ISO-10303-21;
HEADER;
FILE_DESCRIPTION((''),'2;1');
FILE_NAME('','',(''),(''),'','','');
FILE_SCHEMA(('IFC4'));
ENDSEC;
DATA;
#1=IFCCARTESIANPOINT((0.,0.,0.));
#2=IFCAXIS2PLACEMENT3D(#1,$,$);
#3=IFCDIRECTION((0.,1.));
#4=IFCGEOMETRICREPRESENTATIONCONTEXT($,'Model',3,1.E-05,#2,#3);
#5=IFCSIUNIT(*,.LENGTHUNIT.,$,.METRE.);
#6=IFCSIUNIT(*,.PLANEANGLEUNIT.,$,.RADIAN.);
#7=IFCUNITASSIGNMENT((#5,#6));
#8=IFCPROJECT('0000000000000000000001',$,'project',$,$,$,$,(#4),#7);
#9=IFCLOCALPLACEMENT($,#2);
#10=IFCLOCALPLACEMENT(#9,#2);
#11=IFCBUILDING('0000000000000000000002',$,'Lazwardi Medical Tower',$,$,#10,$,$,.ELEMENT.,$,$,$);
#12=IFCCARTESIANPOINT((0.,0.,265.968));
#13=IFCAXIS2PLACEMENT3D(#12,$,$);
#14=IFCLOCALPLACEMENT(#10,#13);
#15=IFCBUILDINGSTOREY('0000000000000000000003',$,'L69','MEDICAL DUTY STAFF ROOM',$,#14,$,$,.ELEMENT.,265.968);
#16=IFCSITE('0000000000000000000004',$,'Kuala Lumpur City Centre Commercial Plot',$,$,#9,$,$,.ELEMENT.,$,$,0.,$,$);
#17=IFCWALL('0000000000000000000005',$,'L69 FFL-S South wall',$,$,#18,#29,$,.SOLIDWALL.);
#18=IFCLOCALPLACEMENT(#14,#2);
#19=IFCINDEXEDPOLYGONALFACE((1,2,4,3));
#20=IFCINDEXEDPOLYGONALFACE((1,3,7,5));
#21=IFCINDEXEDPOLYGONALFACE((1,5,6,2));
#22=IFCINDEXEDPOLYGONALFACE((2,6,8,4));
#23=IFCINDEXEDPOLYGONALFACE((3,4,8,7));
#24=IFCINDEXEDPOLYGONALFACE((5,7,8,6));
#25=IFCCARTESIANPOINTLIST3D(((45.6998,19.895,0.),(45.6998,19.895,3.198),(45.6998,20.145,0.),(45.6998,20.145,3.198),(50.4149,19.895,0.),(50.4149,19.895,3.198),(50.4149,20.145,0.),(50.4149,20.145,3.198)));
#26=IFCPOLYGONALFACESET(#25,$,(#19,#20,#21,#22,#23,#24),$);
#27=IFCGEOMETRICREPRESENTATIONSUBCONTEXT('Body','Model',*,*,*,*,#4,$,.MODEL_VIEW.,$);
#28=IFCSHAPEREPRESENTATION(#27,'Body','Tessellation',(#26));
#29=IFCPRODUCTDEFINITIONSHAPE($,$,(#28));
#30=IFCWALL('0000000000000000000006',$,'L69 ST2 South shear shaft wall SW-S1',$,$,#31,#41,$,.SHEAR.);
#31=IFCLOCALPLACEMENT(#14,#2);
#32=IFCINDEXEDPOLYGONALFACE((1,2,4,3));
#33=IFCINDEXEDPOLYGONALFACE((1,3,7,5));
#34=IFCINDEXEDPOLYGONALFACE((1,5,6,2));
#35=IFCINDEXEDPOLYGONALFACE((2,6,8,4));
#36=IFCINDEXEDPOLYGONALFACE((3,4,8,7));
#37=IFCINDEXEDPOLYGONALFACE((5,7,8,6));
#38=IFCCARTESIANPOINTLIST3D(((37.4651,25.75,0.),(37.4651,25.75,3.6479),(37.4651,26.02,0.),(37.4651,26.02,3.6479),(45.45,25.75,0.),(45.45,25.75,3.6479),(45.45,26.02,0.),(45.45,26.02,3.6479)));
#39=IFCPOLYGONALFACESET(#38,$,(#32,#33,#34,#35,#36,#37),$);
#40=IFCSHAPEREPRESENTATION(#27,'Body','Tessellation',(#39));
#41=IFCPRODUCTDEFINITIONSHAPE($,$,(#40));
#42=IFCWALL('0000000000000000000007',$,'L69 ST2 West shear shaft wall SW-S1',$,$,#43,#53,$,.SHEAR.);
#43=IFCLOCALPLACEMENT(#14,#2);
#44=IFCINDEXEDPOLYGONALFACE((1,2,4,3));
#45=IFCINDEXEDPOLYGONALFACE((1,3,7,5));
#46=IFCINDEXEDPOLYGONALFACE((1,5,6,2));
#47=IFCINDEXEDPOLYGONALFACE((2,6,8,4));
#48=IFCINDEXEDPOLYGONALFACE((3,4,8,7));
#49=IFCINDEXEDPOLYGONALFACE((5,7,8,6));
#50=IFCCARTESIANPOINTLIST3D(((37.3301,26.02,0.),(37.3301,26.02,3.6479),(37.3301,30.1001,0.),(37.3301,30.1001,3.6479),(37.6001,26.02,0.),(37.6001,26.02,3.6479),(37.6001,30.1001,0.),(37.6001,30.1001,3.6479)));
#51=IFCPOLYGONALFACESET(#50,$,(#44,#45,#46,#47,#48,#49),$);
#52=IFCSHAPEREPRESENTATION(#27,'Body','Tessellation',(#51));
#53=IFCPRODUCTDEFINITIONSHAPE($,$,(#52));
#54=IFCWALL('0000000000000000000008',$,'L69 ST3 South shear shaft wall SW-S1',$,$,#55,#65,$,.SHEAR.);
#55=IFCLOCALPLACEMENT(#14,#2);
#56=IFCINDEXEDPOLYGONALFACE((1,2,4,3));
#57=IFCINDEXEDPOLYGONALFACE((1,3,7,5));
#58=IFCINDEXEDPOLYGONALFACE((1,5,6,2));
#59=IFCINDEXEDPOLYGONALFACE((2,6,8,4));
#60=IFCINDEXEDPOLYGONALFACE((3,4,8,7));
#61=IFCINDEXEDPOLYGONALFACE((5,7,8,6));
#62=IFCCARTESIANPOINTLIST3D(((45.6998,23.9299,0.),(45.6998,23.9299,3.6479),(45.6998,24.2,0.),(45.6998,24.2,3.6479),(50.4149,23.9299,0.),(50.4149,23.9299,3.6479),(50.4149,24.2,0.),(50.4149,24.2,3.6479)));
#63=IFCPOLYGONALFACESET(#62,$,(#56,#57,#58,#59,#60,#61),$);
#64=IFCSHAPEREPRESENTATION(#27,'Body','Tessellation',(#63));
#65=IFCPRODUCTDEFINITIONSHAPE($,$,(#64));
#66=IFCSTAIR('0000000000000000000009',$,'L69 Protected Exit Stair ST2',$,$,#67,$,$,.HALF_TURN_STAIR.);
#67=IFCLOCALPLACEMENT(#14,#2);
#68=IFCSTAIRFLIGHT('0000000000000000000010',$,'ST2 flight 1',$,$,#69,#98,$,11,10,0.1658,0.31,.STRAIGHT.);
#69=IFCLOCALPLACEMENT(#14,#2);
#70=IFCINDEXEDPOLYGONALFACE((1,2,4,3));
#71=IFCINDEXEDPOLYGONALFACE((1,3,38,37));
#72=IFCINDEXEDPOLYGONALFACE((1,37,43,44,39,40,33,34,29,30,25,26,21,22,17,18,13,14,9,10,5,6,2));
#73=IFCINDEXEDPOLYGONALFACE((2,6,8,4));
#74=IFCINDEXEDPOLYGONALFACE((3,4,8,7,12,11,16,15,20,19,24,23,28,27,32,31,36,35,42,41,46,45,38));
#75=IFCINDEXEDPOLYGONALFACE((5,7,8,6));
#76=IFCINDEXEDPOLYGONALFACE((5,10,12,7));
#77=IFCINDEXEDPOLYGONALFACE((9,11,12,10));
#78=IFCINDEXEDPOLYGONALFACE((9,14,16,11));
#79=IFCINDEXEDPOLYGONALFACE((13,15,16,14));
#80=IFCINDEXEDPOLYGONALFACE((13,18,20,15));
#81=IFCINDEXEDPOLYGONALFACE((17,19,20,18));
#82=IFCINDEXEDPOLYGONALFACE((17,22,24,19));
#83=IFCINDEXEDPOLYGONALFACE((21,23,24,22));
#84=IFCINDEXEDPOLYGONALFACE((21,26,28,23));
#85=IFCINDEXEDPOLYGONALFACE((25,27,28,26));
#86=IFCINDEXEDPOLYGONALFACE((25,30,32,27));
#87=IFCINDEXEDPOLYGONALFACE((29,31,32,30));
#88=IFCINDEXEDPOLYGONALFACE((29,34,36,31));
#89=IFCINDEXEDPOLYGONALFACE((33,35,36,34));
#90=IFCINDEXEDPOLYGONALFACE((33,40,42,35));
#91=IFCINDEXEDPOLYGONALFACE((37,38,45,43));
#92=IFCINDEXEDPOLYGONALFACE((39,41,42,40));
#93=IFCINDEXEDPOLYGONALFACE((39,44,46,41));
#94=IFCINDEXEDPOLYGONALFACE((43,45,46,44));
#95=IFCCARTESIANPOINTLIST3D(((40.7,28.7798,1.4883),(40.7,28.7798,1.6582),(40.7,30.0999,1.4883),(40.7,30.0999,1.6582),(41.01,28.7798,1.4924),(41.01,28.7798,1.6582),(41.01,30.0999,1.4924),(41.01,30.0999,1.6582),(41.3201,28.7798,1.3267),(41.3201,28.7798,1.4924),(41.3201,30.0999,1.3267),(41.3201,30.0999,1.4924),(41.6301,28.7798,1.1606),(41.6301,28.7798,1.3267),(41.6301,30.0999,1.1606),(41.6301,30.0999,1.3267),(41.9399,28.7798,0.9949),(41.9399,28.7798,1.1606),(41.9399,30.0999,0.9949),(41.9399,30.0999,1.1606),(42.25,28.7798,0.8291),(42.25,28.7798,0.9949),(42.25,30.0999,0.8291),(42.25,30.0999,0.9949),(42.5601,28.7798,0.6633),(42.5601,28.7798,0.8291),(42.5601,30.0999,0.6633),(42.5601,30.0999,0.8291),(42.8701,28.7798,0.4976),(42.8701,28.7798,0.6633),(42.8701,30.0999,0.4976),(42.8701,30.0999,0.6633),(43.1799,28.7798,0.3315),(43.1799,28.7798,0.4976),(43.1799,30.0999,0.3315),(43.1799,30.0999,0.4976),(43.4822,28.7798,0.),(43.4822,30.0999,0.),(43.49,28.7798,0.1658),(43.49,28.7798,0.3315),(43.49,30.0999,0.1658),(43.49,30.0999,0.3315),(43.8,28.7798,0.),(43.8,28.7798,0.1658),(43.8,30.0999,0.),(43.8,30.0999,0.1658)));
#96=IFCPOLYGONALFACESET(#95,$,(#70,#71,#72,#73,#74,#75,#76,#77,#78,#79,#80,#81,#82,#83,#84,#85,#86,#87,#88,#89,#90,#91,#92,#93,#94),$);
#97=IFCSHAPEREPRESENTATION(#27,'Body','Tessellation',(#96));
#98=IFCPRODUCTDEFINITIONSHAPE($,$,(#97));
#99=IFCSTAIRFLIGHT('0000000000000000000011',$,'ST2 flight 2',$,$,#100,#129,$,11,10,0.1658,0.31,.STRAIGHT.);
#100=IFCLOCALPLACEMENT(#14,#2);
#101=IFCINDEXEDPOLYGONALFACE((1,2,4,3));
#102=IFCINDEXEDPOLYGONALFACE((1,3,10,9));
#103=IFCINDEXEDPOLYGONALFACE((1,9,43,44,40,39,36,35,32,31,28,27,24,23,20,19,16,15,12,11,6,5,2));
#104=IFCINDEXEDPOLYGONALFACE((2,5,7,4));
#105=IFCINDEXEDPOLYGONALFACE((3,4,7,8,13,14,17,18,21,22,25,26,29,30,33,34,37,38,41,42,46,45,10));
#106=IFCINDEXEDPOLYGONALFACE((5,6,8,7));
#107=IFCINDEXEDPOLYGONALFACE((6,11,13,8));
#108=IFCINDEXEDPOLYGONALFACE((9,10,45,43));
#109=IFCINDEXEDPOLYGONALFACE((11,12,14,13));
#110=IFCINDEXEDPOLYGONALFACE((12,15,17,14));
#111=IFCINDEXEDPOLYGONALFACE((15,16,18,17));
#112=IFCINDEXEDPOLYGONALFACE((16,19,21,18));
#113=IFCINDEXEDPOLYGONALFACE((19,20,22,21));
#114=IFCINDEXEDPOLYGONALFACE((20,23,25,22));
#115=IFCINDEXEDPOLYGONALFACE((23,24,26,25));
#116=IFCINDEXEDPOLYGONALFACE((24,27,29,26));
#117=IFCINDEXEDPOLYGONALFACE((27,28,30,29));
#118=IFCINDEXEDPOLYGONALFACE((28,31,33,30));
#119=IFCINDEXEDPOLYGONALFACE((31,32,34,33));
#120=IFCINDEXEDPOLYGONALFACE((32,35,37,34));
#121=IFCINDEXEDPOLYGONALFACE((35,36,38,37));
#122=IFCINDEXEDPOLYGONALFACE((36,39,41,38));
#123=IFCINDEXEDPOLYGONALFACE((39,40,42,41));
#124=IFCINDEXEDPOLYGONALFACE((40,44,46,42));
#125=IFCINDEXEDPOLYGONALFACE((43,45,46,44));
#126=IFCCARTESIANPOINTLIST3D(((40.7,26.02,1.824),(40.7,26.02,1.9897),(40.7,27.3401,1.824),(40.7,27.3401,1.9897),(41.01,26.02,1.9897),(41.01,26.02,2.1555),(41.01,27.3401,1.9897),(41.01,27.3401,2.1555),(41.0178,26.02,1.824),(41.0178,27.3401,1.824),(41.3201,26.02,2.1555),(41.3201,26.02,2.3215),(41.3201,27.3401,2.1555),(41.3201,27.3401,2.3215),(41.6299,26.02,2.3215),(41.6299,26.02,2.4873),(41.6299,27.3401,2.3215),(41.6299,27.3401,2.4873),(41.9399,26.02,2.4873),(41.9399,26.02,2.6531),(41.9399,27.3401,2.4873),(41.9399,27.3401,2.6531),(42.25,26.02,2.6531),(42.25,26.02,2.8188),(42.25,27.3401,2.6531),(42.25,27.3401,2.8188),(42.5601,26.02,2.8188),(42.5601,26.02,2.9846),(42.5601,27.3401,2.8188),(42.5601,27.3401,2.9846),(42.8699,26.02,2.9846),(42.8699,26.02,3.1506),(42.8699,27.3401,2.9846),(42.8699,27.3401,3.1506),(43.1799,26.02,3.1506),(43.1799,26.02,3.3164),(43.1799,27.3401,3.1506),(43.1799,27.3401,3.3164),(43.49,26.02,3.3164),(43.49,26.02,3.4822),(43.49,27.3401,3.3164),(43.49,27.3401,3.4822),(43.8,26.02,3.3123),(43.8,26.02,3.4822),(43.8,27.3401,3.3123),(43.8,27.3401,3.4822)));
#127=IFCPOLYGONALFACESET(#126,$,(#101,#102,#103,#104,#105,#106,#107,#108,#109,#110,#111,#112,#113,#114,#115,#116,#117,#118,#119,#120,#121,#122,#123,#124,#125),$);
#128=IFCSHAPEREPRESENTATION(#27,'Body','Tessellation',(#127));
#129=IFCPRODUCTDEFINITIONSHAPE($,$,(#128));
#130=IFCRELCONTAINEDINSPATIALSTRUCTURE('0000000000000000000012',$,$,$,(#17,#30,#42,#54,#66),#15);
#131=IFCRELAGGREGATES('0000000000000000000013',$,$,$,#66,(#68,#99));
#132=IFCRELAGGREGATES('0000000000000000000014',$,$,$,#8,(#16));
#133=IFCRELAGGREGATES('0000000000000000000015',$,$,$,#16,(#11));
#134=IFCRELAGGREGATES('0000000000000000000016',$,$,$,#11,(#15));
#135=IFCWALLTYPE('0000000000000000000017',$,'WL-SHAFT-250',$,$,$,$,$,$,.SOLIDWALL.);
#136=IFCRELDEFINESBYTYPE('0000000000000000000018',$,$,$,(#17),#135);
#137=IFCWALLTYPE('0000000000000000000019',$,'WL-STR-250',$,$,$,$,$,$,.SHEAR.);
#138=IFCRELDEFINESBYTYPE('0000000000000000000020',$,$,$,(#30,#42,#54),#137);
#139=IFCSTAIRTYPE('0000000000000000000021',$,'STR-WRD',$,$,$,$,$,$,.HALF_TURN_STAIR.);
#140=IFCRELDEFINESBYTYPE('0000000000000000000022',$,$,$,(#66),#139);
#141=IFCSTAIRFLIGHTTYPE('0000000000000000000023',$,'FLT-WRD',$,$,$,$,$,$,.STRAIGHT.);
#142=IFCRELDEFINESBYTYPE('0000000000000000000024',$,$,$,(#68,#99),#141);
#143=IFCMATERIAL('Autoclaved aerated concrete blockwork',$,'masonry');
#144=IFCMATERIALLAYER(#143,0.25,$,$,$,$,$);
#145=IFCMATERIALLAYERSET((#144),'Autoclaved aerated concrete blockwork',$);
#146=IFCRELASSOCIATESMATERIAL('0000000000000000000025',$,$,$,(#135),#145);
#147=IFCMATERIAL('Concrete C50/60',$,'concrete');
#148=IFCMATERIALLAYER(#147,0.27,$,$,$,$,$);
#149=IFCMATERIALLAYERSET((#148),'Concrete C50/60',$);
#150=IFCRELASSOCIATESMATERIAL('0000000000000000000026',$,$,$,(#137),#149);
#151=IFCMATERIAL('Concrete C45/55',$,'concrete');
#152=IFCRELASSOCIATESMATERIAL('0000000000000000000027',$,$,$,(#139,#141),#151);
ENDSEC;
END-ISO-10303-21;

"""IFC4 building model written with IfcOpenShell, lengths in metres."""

from ifc_helpers import new_model, si_unit, direction, frame, frame_2d, origin, place, context, subcontext, project, spatial, polyline, rectangle, outline, extrude, material, layer, layer_set, type_object, element, aggregate, save


model = new_model("IFC4")

# Units and contexts
model_context = context("Model", 3, precision=1e-05, world=origin(), true_north=direction((0.0, 1.0)))
body_context = subcontext(model_context, "Body", "Model", "MODEL_VIEW")
ifc_project = project(units=[si_unit("LENGTHUNIT", "METRE"), si_unit("PLANEANGLEUNIT", "RADIAN")], contexts=[model_context])

# Site, building, storey
site_placement = place(None, origin())
site = spatial("IfcSite", under=ifc_project, at=site_placement, Name="Kuala Lumpur City Centre Commercial Plot", CompositionType="ELEMENT", RefElevation=0.0)
building_placement = place(site_placement, origin())
building = spatial("IfcBuilding", under=site, at=building_placement, Name="Lazwardi Medical Tower", CompositionType="ELEMENT")
storey_placement = place(building_placement, frame((0.0, 0.0, 265.968)))
storey = spatial("IfcBuildingStorey", under=building, at=storey_placement, Name="L69", Description="MEDICAL DUTY STAFF ROOM", CompositionType="ELEMENT", Elevation=265.968)

# Walls
ifc_material_1 = material(Name="Autoclaved aerated concrete blockwork", Category="masonry")
ifc_layer_1 = layer(ifc_material_1, 0.25)
ifc_layer_set_1 = layer_set([ifc_layer_1], Name="Autoclaved aerated concrete blockwork")
wall_type_1 = type_object("IfcWallType", Name="WL-SHAFT-250", PredefinedType="SOLIDWALL", material=ifc_layer_set_1)
wall_1_placement = place(storey_placement, frame((45.7, 20.02, 0.0), z_axis=(0.0, 0.0, 1.0), x_axis=(1.0, 0.0, 0.0)))
element("IfcWall", 1, at=wall_1_placement, inside=storey, type_object=wall_type_1, Name="L69 FFL-S South wall", PredefinedType="SOLIDWALL", context=body_context, shape_type="SweptSolid", body=[
    extrude(rectangle(XDim=4.7151, YDim=0.25, at=frame_2d((2.3574, 0.0))), origin(), (0.0, 0.0, 1.0), 3.198),
])
ifc_material_2 = material(Name="Concrete C50/60", Category="concrete")
ifc_layer_2 = layer(ifc_material_2, 0.27)
ifc_layer_set_2 = layer_set([ifc_layer_2], Name="Concrete C50/60")
wall_type_2 = type_object("IfcWallType", Name="WL-STR-250", PredefinedType="SHEAR", material=ifc_layer_set_2)
wall_2_placement = place(storey_placement, frame((37.4651, 25.885, 0.0), z_axis=(0.0, 0.0, 1.0), x_axis=(1.0, 0.0, 0.0)))
element("IfcWall", 2, at=wall_2_placement, inside=storey, type_object=wall_type_2, Name="L69 ST2 South shear shaft wall SW-S1", PredefinedType="SHEAR", context=body_context, shape_type="SweptSolid", body=[
    extrude(rectangle(XDim=7.9849, YDim=0.27, at=frame_2d((3.9924, 0.0))), origin(), (0.0, 0.0, 1.0), 3.6479),
])
wall_3_placement = place(storey_placement, frame((37.4651, 26.02, 0.0), z_axis=(0.0, 0.0, 1.0), x_axis=(0.0, 1.0, 0.0)))
element("IfcWall", 3, at=wall_3_placement, inside=storey, type_object=wall_type_2, Name="L69 ST2 West shear shaft wall SW-S1", PredefinedType="SHEAR", context=body_context, shape_type="SweptSolid", body=[
    extrude(rectangle(XDim=4.0801, YDim=0.27, at=frame_2d((2.04, 0.0))), origin(), (0.0, 0.0, 1.0), 3.6479),
])
wall_4_placement = place(storey_placement, frame((45.7, 24.0649, 0.0), z_axis=(0.0, 0.0, 1.0), x_axis=(1.0, 0.0, 0.0)))
element("IfcWall", 4, at=wall_4_placement, inside=storey, type_object=wall_type_2, Name="L69 ST3 South shear shaft wall SW-S1", PredefinedType="SHEAR", context=body_context, shape_type="SweptSolid", body=[
    extrude(rectangle(XDim=4.7151, YDim=0.27, at=frame_2d((2.3574, 0.0))), origin(), (0.0, 0.0, 1.0), 3.6479),
])

# Stair, stair flights
ifc_material_3 = material(Name="Concrete C45/55", Category="concrete")
stair_type = type_object("IfcStairType", Name="STR-WRD", PredefinedType="HALF_TURN_STAIR", material=ifc_material_3)
stair_placement = place(storey_placement, origin())
stair = element("IfcStair", 5, at=stair_placement, inside=storey, type_object=stair_type, Name="L69 Protected Exit Stair ST2", PredefinedType="HALF_TURN_STAIR")
stair_flight_type = type_object("IfcStairFlightType", Name="FLT-WRD", PredefinedType="STRAIGHT", material=ifc_material_3)
stair_flight_1_placement = place(storey_placement, frame((43.8, 29.4399, 0.0), z_axis=(0.0, 0.0, 1.0), x_axis=(-1.0, 0.0, 0.0)))
stair_flight_1 = element("IfcStairFlight", 6, at=stair_flight_1_placement, type_object=stair_flight_type, Name="ST2 flight 1", NumberOfRisers=11, NumberOfTreads=10, PredefinedType="STRAIGHT", RiserHeight=0.1658, TreadLength=0.31, context=body_context, shape_type="SweptSolid", body=[
    extrude(outline(polyline([(0.0, 0.0), (0.0, 0.1658), (0.3101, 0.1658), (0.3101, 0.3315), (0.6201, 0.3315), (0.6201, 0.4976), (0.9299, 0.4976), (0.9299, 0.6633), (1.24, 0.6633), (1.24, 0.8291), (1.55, 0.8291), (1.55, 0.9949), (1.8601, 0.9949), (1.8601, 1.1606), (2.1699, 1.1606), (2.1699, 1.3267), (2.48, 1.3267), (2.48, 1.4924), (2.79, 1.4924), (2.79, 1.6582), (3.1001, 1.6582), (3.1001, 1.824), (3.1001, 1.4883), (0.3179, 0.0), (0.0, 0.0)])), frame((0.0, 0.6602, 0.0), z_axis=(0.0, -1.0, 0.0), x_axis=(1.0, 0.0, 0.0)), (0.0, 0.0, 1.0), 1.3201),
])
stair_flight_2_placement = place(storey_placement, frame((40.7, 26.6799, 1.824), z_axis=(0.0, 0.0, 1.0), x_axis=(1.0, 0.0, 0.0)))
stair_flight_2 = element("IfcStairFlight", 7, at=stair_flight_2_placement, type_object=stair_flight_type, Name="ST2 flight 2", NumberOfRisers=11, NumberOfTreads=10, PredefinedType="STRAIGHT", RiserHeight=0.1658, TreadLength=0.31, context=body_context, shape_type="SweptSolid", body=[
    extrude(outline(polyline([(0.0, 0.0), (0.0, 0.1658), (0.3101, 0.1658), (0.3101, 0.3315), (0.6201, 0.3315), (0.6201, 0.4976), (0.9299, 0.4976), (0.9299, 0.6633), (1.24, 0.6633), (1.24, 0.8291), (1.55, 0.8291), (1.55, 0.9949), (1.8601, 0.9949), (1.8601, 1.1606), (2.1699, 1.1606), (2.1699, 1.3267), (2.48, 1.3267), (2.48, 1.4924), (2.79, 1.4924), (2.79, 1.6582), (3.1001, 1.6582), (3.1001, 1.824), (3.1001, 1.4883), (0.3179, 0.0), (0.0, 0.0)])), frame((0.0, 0.6602, 0.0), z_axis=(0.0, -1.0, 0.0), x_axis=(1.0, 0.0, 0.0)), (0.0, 0.0, 1.0), 1.3201),
])
aggregate(stair, [stair_flight_1, stair_flight_2])

save(model, "model.ifc")
